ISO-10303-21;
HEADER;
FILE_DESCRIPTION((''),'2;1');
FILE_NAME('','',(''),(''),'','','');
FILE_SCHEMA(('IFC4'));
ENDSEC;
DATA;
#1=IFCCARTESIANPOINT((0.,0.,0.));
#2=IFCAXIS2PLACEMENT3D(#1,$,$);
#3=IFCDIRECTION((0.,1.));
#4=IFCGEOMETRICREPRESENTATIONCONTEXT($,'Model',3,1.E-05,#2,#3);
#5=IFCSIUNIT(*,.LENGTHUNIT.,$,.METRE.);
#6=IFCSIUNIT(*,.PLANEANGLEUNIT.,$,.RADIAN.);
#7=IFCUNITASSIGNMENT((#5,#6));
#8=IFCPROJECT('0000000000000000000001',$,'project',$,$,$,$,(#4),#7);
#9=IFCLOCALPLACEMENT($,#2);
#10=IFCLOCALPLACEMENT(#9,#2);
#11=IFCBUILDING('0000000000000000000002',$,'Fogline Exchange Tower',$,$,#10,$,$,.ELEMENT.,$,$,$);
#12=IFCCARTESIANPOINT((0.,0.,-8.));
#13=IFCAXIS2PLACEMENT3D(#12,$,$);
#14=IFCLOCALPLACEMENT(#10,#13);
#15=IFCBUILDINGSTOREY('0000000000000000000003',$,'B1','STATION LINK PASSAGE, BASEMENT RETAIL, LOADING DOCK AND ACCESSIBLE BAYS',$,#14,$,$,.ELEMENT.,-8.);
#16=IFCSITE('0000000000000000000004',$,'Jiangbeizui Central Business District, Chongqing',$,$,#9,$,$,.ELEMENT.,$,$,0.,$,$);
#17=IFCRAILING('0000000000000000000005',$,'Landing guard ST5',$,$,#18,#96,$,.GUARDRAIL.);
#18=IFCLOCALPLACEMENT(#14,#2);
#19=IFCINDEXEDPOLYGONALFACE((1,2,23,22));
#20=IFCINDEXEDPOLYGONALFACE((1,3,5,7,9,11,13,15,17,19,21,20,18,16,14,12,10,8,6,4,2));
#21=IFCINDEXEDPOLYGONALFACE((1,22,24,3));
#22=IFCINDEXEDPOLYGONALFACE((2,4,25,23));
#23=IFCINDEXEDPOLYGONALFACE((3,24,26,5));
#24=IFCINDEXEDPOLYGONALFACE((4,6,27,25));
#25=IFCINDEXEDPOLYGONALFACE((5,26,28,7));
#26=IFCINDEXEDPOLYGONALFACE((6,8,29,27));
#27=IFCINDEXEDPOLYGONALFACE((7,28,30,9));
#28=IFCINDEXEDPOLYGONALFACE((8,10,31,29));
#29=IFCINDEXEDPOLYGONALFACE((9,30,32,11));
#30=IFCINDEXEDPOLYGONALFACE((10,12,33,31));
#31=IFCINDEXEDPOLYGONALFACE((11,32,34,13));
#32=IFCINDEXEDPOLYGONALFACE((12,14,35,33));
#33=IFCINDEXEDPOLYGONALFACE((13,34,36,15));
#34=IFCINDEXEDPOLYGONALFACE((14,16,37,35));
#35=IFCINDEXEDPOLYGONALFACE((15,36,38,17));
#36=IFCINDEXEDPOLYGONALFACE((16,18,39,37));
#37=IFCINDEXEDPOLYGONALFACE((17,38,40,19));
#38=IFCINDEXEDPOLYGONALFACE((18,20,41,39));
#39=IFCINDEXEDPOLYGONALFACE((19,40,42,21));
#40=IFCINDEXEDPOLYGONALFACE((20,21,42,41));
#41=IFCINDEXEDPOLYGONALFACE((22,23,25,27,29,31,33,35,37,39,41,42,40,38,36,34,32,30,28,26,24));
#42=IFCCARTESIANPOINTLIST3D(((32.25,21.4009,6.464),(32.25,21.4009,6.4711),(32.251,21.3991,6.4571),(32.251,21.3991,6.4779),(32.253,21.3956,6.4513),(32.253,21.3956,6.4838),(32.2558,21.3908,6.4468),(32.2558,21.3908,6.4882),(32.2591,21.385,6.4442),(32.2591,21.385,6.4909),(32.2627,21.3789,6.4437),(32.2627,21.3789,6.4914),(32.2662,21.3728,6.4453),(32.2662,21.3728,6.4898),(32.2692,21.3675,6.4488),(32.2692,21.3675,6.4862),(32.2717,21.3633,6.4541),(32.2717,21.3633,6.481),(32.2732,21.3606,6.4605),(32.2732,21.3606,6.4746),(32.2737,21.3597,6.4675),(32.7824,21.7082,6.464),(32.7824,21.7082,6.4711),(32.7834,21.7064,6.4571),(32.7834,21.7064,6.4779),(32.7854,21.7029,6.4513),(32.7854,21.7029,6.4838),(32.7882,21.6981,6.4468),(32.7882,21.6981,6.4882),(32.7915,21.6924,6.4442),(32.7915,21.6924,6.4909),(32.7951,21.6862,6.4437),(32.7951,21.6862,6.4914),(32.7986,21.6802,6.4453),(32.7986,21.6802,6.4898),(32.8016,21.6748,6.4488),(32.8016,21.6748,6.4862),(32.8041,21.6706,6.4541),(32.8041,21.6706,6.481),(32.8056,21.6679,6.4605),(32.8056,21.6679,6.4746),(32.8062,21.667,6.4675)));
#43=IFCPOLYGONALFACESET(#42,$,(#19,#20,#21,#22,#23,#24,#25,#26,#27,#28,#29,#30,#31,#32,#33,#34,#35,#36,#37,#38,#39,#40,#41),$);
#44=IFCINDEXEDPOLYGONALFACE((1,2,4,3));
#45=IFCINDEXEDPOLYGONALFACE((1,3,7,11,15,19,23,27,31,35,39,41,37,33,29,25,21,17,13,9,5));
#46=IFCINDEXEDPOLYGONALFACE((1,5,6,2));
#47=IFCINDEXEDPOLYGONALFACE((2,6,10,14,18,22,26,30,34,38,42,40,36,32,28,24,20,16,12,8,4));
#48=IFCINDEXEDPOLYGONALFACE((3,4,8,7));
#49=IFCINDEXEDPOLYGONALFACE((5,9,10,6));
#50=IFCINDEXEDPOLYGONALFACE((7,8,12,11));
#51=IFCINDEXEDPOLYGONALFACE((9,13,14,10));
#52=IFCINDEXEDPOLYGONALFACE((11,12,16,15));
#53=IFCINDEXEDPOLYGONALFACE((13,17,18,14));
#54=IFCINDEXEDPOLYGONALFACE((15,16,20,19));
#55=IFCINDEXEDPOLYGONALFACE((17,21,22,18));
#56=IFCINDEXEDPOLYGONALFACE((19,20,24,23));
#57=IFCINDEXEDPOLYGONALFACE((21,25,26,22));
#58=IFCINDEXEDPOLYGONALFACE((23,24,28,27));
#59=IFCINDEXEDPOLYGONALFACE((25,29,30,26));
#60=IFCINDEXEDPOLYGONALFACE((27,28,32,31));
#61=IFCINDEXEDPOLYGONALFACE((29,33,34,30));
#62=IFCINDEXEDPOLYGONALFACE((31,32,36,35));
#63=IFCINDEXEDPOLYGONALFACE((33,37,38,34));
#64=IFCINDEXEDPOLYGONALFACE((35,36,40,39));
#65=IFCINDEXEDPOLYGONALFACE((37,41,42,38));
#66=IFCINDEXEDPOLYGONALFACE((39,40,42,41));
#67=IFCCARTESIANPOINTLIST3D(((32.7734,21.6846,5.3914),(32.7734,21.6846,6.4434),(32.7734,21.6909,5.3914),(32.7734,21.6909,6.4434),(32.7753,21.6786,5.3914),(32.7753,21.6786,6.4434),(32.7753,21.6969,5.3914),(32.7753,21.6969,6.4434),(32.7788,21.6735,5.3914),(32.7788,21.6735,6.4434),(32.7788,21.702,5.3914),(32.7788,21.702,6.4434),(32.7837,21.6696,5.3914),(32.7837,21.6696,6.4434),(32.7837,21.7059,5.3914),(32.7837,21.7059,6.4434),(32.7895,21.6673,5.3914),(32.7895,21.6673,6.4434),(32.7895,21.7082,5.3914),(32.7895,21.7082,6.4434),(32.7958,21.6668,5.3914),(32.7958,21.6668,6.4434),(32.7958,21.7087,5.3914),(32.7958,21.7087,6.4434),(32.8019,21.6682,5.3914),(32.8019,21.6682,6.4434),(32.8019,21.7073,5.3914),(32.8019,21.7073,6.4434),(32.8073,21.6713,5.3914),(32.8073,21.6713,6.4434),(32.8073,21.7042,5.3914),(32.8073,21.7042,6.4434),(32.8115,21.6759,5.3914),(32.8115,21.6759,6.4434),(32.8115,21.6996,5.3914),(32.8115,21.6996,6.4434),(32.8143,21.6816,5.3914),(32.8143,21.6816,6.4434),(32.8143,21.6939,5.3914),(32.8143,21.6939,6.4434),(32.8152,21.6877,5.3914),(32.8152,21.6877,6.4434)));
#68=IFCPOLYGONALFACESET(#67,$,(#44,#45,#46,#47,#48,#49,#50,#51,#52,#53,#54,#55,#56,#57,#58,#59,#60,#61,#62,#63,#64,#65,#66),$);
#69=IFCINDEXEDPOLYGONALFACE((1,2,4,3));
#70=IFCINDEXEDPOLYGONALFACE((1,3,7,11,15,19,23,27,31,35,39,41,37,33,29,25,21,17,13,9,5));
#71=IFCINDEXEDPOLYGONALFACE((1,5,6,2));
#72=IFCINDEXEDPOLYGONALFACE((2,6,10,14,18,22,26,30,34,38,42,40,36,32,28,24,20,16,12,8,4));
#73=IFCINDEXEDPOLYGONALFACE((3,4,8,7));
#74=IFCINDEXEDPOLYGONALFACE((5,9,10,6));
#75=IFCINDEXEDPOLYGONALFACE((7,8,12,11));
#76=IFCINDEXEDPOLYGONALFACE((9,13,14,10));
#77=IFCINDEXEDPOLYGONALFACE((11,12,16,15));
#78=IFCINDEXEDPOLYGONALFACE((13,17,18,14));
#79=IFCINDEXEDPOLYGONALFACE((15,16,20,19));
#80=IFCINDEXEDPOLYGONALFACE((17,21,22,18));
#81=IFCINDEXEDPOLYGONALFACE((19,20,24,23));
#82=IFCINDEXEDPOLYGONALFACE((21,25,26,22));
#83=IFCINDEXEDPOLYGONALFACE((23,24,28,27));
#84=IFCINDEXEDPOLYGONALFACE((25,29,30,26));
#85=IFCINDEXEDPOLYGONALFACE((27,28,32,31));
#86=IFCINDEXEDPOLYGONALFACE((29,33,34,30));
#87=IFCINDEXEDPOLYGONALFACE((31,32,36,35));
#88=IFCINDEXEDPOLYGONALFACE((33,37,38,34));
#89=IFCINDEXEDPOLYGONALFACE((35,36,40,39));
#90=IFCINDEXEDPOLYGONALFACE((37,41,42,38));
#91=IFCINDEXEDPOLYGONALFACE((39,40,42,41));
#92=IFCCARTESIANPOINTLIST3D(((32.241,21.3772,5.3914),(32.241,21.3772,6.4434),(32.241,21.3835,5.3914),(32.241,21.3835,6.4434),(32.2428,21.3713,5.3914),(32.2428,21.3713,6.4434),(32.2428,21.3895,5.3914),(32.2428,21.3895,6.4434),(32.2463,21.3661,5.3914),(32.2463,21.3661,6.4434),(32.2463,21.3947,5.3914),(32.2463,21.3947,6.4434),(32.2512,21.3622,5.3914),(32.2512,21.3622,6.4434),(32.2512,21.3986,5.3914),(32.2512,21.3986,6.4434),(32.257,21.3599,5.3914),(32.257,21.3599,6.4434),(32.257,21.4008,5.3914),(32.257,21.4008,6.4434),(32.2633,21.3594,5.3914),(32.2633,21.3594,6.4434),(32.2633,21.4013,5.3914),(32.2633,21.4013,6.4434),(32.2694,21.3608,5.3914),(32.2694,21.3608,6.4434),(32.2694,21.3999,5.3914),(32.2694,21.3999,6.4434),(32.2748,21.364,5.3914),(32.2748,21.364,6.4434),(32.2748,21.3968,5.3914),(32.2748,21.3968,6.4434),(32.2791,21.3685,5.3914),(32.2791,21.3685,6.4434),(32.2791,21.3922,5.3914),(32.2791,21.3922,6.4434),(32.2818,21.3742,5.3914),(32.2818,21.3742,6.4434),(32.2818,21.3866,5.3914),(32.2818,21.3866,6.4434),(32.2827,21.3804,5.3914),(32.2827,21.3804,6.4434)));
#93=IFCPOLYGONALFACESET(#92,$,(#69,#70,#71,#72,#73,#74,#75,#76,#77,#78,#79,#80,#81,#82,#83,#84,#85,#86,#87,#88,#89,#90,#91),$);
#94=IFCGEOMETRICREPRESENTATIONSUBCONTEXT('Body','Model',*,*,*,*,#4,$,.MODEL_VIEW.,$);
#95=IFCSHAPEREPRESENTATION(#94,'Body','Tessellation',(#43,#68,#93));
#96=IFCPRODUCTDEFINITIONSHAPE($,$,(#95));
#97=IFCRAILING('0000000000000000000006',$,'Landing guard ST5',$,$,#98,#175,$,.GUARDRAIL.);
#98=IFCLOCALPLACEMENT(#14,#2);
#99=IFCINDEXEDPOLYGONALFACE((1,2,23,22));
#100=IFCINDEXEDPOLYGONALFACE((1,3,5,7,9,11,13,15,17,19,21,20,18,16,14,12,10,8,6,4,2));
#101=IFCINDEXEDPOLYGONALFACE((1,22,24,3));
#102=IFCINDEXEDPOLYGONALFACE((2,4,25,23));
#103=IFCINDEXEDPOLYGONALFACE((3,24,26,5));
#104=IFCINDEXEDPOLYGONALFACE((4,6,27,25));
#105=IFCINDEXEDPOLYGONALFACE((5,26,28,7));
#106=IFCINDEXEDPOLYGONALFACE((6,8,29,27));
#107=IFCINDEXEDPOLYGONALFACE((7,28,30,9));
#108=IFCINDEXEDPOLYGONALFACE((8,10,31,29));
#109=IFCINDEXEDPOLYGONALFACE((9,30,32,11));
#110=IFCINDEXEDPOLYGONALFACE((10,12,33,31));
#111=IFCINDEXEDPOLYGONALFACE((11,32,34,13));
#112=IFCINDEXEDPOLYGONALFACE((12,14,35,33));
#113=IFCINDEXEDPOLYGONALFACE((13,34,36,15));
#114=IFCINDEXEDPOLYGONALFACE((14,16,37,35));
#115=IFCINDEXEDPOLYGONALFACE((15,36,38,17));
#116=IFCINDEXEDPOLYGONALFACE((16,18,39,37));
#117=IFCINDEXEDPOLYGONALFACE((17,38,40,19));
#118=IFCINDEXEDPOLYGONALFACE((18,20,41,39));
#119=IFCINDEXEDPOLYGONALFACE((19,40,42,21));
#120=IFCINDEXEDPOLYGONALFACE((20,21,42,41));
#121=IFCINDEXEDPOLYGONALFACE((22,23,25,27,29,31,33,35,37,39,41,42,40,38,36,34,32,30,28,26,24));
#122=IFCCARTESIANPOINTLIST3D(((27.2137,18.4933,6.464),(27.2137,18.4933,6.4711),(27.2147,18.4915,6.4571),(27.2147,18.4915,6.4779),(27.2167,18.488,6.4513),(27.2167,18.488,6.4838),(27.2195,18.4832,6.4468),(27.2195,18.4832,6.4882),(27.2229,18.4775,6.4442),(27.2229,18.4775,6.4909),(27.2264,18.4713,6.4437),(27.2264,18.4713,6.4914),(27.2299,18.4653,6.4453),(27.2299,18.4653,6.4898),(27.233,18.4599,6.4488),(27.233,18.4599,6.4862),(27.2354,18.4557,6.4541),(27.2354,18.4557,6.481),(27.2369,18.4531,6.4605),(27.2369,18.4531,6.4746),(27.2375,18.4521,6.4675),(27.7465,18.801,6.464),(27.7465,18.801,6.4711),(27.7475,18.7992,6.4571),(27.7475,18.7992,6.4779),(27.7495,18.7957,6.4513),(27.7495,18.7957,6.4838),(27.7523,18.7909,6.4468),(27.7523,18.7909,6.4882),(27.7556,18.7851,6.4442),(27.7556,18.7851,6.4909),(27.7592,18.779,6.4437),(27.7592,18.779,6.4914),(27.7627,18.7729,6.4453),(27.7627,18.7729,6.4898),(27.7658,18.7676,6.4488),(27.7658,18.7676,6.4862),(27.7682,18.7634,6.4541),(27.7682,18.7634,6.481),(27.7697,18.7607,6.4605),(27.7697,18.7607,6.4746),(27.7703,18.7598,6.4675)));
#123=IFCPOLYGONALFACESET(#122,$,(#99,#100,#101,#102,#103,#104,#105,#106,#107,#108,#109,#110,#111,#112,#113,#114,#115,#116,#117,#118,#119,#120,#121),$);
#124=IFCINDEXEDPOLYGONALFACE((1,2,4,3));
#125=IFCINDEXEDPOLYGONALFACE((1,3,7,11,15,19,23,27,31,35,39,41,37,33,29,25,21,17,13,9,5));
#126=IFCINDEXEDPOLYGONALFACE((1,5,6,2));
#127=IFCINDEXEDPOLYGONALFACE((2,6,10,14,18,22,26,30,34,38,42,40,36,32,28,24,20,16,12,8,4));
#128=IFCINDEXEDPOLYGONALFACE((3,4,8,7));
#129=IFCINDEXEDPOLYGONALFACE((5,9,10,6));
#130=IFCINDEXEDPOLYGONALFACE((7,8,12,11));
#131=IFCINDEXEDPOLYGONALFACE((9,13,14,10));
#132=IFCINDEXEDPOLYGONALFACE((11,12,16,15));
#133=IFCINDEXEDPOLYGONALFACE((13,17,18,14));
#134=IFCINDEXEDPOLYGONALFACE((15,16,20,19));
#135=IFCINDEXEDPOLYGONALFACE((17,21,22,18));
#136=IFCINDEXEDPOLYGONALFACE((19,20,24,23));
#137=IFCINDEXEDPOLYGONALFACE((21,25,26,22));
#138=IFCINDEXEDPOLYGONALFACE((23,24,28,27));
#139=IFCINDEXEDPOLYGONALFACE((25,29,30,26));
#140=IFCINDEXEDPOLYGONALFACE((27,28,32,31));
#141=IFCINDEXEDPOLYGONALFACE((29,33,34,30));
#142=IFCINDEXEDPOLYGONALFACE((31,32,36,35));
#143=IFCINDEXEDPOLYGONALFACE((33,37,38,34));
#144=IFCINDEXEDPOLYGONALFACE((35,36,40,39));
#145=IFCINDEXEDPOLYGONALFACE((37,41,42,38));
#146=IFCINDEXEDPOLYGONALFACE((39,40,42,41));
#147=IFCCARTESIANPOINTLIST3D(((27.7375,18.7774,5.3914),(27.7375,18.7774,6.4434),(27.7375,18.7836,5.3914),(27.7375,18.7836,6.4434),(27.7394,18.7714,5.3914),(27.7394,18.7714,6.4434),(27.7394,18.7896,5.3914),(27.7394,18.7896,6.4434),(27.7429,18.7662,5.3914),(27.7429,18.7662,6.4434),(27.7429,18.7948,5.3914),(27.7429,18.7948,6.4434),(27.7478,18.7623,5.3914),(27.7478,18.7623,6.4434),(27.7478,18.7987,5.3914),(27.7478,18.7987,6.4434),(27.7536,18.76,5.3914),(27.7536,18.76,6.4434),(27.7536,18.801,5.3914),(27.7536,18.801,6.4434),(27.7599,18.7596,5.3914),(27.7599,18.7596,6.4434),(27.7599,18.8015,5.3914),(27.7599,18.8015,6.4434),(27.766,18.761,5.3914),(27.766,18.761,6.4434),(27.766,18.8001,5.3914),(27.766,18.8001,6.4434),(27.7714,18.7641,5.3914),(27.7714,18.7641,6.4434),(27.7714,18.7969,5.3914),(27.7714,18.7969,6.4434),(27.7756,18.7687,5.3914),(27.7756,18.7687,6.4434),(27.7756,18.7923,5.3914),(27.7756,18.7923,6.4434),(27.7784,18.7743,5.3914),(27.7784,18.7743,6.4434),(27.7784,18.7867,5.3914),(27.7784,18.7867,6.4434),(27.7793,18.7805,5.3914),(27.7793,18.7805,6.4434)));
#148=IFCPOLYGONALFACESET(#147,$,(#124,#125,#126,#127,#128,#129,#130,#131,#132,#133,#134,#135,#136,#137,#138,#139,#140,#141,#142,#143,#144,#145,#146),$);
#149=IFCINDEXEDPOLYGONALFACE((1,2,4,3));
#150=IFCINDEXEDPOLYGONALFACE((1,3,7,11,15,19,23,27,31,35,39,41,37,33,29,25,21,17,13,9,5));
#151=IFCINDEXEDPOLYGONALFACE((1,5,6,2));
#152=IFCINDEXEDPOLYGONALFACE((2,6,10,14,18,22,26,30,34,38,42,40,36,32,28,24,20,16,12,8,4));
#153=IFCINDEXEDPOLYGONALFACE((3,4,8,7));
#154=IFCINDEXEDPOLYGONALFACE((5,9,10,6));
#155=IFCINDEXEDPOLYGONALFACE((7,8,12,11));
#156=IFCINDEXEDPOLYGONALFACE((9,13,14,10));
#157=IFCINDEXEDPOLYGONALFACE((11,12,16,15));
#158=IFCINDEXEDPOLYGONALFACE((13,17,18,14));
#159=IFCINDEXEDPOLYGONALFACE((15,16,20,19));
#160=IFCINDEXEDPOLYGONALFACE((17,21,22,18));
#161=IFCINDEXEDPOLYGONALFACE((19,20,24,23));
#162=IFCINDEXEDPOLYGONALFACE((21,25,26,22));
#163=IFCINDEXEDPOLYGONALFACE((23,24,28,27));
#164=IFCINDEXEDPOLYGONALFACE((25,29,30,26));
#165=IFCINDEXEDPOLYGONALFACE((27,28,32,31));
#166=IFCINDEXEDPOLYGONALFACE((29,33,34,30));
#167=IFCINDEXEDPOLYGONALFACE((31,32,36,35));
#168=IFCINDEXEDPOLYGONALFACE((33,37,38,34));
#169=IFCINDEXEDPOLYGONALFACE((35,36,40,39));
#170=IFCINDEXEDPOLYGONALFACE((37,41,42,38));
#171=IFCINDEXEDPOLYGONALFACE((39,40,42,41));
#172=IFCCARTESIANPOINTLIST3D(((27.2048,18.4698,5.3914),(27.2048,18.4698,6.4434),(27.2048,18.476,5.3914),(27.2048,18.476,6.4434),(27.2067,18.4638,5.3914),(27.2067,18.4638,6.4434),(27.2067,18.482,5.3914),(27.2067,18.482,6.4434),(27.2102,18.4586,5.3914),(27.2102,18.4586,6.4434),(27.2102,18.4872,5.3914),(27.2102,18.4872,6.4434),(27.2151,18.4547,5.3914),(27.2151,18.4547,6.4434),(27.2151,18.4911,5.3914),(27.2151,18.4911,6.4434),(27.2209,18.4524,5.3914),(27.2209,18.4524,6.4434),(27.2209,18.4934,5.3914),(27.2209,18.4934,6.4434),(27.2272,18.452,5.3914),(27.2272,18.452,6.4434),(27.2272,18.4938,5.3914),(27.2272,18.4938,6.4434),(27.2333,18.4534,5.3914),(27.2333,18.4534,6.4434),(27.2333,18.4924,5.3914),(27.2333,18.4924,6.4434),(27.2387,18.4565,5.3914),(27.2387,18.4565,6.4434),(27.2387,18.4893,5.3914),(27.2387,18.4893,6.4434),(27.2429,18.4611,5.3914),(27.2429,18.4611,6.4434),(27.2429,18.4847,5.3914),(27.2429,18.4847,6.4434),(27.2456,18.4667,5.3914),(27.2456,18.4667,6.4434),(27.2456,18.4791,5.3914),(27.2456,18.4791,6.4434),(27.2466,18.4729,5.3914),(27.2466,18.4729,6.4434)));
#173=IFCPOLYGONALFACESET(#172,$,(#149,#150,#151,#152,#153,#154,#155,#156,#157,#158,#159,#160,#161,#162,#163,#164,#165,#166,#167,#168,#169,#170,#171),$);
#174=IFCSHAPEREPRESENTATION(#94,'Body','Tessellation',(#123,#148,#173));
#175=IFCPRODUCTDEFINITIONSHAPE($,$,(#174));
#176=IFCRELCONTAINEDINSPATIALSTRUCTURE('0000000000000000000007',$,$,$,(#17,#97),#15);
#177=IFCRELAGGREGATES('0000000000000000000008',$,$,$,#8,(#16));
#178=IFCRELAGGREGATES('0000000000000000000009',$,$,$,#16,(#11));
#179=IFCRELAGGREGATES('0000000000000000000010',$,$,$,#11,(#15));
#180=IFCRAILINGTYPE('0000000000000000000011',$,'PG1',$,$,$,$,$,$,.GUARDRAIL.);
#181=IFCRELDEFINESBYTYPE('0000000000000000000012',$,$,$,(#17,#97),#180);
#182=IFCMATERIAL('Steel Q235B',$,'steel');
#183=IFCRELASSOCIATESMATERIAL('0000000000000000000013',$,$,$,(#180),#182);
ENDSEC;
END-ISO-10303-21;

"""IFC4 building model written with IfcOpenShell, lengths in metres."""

from ifc_helpers import new_model, si_unit, direction, frame, origin, origin_2d, place, context, subcontext, project, spatial, circle, extrude, material, type_object, element, save


model = new_model("IFC4")

# Units and contexts
model_context = context("Model", 3, precision=1e-05, world=origin(), true_north=direction((0.0, 1.0)))
body_context = subcontext(model_context, "Body", "Model", "MODEL_VIEW")
ifc_project = project(units=[si_unit("LENGTHUNIT", "METRE"), si_unit("PLANEANGLEUNIT", "RADIAN")], contexts=[model_context])

# Site, building, storey
site_placement = place(None, origin())
site = spatial("IfcSite", under=ifc_project, at=site_placement, Name="Jiangbeizui Central Business District, Chongqing", CompositionType="ELEMENT", RefElevation=0.0)
building_placement = place(site_placement, origin())
building = spatial("IfcBuilding", under=site, at=building_placement, Name="Fogline Exchange Tower", CompositionType="ELEMENT")
storey_placement = place(building_placement, frame((0.0, 0.0, -8.0)))
storey = spatial("IfcBuildingStorey", under=building, at=storey_placement, Name="B1", Description="STATION LINK PASSAGE, BASEMENT RETAIL, LOADING DOCK AND ACCESSIBLE BAYS", CompositionType="ELEMENT", Elevation=-8.0)

# Shared definitions
ifc_material_1 = material(Name="Steel Q235B", Category="steel")

# Railings
railing_type_1 = type_object("IfcRailingType", Name="PG1", PredefinedType="GUARDRAIL", material=ifc_material_1)
for number, where, name in (
    (1, (32.7942, 21.6877, 5.3914), "Landing guard ST5"),
):
    element("IfcRailing", number, at=place(storey_placement, frame(where)), inside=storey, type_object=railing_type_1, Name=name, PredefinedType="GUARDRAIL", context=body_context, shape_type="SweptSolid", body=[
        extrude(circle(Radius=0.0239, at=origin_2d()), frame((0.0, 0.0, 1.0762), z_axis=(-0.86606, -0.49994, 0.0), x_axis=(0.49994, -0.86606, 0.0)), (0.0, 0.0, 1.0), 0.6147),
        extrude(circle(Radius=0.021, at=origin_2d()), origin(), (0.0, 0.0, 1.0), 1.052),
        extrude(circle(Radius=0.021, at=origin_2d()), frame((-0.5325, -0.3074, 0.0)), (0.0, 0.0, 1.0), 1.052),
    ])
railing_1_placement = place(storey_placement, frame((27.7583, 18.7805, 5.3914)))
element("IfcRailing", 2, at=railing_1_placement, inside=storey, type_object=railing_type_1, Name="Landing guard ST5", PredefinedType="GUARDRAIL", context=body_context, shape_type="SweptSolid", body=[
    extrude(circle(Radius=0.0239, at=origin_2d()), frame((0.0, 0.0, 1.0762), z_axis=(-0.865987, -0.500066, 0.0), x_axis=(0.500066, -0.865987, 0.0)), (0.0, 0.0, 1.0), 0.6152),
    extrude(circle(Radius=0.021, at=origin_2d()), origin(), (0.0, 0.0, 1.0), 1.052),
    extrude(circle(Radius=0.021, at=origin_2d()), frame((-0.5327, -0.3076, 0.0)), (0.0, 0.0, 1.0), 1.052),
])

save(model, "model.ifc")
